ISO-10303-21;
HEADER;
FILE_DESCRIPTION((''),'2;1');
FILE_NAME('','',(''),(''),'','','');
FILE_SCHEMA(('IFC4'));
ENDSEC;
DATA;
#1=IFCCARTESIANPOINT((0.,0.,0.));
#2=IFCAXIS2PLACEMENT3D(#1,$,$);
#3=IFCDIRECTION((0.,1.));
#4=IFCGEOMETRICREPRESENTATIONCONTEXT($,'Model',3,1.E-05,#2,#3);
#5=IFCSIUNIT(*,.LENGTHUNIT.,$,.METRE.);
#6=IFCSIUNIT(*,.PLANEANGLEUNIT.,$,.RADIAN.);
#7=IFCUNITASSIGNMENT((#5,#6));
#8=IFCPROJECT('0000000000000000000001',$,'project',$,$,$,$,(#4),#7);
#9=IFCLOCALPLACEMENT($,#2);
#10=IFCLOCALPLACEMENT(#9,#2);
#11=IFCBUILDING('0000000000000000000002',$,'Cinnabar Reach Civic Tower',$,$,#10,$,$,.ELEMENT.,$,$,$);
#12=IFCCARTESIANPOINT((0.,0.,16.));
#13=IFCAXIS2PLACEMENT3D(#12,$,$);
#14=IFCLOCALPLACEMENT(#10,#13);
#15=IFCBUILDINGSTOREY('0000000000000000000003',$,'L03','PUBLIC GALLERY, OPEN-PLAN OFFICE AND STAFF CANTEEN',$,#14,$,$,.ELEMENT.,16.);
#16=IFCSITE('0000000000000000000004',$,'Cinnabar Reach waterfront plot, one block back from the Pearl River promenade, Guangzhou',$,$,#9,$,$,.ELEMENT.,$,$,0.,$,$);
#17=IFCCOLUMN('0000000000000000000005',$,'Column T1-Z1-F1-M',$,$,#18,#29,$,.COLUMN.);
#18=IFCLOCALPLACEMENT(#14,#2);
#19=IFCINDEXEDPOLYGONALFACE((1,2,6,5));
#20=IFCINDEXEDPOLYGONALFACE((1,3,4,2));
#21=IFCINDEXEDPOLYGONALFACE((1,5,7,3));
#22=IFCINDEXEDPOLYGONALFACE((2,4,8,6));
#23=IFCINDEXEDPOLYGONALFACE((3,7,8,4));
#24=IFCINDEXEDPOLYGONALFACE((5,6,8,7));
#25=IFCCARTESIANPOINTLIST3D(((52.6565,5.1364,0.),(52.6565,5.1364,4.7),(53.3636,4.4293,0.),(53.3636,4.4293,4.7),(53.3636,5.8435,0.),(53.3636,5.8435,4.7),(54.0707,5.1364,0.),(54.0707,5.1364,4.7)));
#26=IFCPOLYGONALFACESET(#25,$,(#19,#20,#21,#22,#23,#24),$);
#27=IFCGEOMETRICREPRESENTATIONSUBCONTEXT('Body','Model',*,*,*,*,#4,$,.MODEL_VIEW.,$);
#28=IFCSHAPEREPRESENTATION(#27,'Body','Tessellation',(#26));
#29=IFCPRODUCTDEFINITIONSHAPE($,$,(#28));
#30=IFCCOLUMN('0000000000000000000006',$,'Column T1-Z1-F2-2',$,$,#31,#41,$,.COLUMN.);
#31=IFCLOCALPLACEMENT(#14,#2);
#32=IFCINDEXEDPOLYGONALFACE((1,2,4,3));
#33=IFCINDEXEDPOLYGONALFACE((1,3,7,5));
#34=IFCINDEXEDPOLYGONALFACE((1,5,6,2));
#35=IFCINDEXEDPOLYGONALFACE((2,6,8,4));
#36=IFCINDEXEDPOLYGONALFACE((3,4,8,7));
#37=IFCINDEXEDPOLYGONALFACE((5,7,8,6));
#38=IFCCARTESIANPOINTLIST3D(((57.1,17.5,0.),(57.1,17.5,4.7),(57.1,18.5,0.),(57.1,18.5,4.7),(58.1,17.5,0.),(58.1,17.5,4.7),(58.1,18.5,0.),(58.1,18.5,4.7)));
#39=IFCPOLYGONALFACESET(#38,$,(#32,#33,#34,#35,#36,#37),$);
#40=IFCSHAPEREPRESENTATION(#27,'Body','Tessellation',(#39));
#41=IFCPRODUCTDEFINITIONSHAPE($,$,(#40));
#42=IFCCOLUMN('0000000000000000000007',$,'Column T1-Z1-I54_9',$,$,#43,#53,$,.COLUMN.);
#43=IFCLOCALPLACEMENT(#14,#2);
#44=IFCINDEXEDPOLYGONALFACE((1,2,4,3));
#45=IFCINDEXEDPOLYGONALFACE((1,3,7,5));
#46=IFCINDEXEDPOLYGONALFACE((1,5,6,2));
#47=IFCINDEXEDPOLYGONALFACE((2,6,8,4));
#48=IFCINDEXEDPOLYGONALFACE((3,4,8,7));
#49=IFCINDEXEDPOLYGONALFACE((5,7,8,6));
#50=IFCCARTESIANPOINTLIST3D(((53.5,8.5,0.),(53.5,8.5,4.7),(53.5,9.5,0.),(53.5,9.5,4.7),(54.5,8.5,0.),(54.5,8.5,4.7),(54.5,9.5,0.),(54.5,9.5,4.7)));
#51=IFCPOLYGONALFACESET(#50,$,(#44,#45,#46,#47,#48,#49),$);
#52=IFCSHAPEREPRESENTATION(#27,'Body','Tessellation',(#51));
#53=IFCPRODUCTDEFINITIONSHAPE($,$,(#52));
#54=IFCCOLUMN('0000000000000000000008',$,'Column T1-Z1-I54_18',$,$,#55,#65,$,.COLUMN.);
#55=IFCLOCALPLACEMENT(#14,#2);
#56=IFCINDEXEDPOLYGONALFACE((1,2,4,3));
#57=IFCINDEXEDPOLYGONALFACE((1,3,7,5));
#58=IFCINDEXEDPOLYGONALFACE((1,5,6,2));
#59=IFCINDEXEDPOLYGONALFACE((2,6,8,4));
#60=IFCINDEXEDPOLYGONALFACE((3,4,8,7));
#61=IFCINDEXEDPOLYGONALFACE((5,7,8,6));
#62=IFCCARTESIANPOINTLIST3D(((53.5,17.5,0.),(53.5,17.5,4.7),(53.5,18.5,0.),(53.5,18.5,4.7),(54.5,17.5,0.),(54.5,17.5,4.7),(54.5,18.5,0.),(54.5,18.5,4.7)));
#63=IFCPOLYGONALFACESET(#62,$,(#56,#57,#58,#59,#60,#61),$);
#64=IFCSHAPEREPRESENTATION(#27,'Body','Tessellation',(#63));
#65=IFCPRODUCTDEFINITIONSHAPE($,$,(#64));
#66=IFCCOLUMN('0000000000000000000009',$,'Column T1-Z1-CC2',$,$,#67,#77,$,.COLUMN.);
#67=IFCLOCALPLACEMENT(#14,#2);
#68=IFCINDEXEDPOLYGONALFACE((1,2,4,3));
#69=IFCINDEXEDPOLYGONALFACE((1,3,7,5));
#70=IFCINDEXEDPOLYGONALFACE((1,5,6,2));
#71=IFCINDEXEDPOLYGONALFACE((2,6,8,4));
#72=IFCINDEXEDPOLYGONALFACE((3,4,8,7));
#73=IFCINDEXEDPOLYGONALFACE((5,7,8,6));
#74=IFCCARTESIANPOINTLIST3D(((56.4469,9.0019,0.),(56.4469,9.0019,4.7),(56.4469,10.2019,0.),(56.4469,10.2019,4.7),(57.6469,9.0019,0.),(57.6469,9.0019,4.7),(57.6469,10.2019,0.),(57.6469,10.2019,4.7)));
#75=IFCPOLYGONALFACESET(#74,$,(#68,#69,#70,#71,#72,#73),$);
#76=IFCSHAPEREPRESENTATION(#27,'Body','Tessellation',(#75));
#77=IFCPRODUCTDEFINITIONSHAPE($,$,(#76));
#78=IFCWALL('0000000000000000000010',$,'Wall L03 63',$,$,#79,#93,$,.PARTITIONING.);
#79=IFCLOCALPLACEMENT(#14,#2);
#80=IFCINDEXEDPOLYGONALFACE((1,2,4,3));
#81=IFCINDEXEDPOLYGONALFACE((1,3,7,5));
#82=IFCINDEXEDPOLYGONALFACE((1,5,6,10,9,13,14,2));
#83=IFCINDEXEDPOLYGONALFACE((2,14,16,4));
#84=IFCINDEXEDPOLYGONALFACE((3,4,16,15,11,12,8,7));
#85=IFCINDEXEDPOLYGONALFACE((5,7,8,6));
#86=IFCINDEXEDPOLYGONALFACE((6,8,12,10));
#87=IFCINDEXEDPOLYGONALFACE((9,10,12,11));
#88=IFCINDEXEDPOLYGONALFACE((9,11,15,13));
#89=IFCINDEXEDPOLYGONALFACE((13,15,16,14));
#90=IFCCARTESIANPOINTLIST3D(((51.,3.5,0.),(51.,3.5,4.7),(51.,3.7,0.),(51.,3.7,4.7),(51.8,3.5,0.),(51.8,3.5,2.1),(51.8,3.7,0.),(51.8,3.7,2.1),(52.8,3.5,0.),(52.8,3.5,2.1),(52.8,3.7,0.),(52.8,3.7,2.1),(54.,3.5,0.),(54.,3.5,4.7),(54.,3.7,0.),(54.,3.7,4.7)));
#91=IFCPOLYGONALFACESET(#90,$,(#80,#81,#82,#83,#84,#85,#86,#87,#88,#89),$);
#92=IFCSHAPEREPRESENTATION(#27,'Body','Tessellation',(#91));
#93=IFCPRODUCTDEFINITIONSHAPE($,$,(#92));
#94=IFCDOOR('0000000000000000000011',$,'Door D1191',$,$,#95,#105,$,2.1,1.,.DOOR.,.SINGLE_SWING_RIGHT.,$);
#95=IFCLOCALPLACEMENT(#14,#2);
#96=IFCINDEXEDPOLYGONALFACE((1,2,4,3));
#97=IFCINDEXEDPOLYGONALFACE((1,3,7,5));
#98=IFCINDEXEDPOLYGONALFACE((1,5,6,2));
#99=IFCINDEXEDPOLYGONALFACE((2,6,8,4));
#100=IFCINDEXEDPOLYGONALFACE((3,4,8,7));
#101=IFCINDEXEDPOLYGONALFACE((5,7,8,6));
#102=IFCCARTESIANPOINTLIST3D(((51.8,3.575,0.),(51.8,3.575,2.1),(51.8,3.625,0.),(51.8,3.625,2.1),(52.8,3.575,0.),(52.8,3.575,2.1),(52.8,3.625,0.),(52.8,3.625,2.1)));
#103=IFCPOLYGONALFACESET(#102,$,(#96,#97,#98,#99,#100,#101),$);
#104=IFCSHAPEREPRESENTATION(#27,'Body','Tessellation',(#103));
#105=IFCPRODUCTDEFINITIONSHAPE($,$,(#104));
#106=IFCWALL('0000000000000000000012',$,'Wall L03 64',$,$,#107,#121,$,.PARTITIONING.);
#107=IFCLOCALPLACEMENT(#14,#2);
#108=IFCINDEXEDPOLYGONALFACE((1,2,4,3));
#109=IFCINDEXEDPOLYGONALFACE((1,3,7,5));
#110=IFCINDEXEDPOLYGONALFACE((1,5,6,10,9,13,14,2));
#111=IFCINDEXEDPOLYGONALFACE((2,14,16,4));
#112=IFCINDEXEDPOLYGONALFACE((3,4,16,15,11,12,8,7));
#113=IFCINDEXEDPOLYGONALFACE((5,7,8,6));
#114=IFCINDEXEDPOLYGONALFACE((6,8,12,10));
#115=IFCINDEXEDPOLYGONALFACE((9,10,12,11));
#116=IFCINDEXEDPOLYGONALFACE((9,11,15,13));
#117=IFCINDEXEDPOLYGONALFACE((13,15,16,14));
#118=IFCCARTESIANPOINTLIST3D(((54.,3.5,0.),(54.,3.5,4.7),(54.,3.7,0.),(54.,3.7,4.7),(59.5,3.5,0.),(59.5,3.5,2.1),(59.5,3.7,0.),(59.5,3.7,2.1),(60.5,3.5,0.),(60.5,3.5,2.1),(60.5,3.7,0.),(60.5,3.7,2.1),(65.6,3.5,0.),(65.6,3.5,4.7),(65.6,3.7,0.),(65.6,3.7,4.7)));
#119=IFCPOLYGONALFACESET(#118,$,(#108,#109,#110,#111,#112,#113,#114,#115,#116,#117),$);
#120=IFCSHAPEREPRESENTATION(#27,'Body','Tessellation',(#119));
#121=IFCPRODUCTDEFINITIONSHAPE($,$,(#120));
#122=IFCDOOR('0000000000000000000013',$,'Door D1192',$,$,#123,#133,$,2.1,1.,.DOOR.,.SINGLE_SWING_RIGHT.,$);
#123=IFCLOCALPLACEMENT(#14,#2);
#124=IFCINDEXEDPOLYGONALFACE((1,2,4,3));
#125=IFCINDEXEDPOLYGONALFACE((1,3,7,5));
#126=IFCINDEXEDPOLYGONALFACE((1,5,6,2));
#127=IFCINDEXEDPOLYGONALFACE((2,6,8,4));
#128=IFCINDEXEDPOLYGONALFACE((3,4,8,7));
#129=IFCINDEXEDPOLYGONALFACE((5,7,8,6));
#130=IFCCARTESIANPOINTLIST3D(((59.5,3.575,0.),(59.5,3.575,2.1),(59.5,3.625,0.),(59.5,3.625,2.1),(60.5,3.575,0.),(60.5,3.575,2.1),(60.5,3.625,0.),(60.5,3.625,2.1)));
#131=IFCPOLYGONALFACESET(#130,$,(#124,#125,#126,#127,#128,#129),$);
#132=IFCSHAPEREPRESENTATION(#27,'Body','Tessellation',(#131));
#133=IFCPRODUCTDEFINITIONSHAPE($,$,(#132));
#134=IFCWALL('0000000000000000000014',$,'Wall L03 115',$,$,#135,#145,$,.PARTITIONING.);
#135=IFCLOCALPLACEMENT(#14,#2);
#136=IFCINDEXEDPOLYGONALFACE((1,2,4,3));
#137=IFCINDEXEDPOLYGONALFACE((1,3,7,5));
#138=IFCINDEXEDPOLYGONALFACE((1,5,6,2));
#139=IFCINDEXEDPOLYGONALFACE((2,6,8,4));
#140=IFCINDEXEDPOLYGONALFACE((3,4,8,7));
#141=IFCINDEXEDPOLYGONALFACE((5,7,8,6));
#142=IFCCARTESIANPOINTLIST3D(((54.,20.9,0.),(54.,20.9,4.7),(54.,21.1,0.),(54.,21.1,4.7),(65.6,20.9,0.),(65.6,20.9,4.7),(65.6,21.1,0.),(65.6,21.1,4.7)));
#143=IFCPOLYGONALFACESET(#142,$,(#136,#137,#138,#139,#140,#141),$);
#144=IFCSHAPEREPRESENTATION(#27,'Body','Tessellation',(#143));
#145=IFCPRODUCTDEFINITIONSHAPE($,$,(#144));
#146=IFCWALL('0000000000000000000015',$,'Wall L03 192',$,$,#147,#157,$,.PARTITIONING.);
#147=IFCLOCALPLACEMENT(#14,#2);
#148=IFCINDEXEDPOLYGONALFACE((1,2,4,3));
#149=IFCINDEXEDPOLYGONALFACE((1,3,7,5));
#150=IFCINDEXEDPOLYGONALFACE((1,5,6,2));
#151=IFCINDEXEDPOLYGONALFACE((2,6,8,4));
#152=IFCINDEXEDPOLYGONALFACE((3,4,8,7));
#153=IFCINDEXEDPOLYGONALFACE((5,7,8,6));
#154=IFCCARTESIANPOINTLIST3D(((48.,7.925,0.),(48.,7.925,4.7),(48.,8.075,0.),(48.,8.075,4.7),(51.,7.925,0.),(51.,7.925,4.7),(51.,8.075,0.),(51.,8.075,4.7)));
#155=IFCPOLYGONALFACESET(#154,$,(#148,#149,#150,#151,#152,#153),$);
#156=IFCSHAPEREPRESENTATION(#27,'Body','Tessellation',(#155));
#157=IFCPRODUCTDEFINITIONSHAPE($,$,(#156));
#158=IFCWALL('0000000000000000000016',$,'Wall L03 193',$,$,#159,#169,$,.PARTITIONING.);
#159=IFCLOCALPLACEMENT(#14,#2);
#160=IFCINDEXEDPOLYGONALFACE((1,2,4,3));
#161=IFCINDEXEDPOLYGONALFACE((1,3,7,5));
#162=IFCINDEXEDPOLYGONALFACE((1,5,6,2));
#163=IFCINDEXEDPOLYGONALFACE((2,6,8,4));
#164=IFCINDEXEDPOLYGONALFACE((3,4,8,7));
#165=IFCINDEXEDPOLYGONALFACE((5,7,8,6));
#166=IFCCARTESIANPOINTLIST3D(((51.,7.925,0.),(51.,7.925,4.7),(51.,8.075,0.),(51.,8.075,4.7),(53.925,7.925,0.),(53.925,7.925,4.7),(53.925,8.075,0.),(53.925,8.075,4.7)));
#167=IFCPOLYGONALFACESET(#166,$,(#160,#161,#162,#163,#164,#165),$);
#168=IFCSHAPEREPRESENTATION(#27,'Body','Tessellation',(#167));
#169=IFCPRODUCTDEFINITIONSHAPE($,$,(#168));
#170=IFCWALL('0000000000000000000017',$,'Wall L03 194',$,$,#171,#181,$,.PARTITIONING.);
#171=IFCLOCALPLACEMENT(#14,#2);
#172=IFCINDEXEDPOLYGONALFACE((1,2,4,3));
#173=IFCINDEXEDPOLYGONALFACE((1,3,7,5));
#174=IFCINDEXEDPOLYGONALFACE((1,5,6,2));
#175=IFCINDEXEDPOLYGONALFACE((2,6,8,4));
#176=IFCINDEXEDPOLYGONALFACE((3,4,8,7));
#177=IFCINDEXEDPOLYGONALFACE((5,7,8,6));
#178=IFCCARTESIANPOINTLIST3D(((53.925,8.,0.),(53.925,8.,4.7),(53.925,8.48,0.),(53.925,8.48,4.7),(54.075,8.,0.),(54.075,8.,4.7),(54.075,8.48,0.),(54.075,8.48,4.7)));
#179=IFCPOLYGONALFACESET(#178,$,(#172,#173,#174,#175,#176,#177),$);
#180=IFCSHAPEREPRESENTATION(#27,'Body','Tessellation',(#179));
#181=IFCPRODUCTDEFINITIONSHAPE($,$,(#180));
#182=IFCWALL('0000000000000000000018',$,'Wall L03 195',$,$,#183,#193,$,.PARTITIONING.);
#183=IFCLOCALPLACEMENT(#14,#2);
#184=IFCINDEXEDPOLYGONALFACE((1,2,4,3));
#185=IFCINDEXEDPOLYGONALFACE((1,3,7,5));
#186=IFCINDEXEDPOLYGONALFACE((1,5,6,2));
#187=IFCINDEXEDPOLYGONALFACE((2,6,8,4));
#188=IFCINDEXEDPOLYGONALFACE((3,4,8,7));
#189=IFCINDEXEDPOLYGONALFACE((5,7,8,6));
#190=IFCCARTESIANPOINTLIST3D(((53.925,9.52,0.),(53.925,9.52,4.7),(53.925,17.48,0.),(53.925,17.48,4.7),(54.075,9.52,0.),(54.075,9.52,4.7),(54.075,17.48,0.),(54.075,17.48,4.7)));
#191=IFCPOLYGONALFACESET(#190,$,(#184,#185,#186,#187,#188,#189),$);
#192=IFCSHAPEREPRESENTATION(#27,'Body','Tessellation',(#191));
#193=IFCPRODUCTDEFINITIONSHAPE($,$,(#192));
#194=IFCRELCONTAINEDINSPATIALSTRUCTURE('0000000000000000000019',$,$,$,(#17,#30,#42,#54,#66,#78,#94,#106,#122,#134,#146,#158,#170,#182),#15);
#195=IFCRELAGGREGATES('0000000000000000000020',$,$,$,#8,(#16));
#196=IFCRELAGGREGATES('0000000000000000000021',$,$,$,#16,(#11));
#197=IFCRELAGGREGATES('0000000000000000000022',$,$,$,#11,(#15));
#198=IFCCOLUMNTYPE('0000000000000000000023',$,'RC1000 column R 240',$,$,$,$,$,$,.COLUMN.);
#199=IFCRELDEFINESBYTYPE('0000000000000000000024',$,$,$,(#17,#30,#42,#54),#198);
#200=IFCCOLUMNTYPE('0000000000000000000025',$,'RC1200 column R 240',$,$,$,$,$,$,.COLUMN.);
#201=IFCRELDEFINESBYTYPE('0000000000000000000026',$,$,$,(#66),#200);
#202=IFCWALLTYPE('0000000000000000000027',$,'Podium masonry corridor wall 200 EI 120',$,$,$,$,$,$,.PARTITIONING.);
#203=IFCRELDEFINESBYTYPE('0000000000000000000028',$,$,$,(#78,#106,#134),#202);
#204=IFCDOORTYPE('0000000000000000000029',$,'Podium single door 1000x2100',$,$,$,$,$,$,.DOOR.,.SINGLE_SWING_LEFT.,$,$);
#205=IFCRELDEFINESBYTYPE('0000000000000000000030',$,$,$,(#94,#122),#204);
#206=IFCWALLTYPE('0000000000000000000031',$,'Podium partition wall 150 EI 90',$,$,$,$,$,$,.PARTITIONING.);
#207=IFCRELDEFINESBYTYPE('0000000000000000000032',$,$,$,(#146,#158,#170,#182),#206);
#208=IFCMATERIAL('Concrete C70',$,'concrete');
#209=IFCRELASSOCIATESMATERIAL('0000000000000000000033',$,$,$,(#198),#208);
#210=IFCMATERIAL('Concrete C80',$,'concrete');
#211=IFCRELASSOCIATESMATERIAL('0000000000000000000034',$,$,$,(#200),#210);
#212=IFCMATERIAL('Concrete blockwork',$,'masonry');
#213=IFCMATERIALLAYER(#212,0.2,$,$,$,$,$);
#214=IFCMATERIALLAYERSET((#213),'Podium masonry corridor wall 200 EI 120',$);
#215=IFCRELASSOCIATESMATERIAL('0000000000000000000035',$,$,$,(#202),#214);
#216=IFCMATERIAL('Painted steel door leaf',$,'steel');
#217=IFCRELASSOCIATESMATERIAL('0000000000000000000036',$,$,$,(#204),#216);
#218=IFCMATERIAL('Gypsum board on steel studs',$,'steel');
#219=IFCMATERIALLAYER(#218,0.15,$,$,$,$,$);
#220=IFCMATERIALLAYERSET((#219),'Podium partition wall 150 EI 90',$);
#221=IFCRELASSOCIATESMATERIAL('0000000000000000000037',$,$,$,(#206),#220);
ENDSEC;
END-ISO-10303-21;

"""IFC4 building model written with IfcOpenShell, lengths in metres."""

from ifc_helpers import new_model, si_unit, direction, frame, frame_2d, origin, origin_2d, place, context, subcontext, project, spatial, rectangle, extrude, material, layer, layer_set, material_profile, profile_set, type_object, element, fill, save


model = new_model("IFC4")

# Units and contexts
model_context = context("Model", 3, precision=1e-05, world=origin(), true_north=direction((0.0, 1.0)))
body_context = subcontext(model_context, "Body", "Model", "MODEL_VIEW")
ifc_project = project(units=[si_unit("LENGTHUNIT", "METRE"), si_unit("PLANEANGLEUNIT", "RADIAN")], contexts=[model_context])

# Site, building, storey
site_placement = place(None, origin())
site = spatial("IfcSite", under=ifc_project, at=site_placement, Name="Cinnabar Reach waterfront plot, one block back from the Pearl River promenade, Guangzhou", CompositionType="ELEMENT", RefElevation=0.0)
building_placement = place(site_placement, origin())
building = spatial("IfcBuilding", under=site, at=building_placement, Name="Cinnabar Reach Civic Tower", CompositionType="ELEMENT")
storey_placement = place(building_placement, frame((0.0, 0.0, 16.0)))
storey = spatial("IfcBuildingStorey", under=building, at=storey_placement, Name="L03", Description="PUBLIC GALLERY, OPEN-PLAN OFFICE AND STAFF CANTEEN", CompositionType="ELEMENT", Elevation=16.0)

# Columns
ifc_material_1 = material(Name="Concrete C70", Category="concrete")
ifc_material_profile_1 = material_profile(ifc_material_1, rectangle(XDim=1.0, YDim=1.0, at=origin_2d()), Name="RC1000")
ifc_profile_set_1 = profile_set([ifc_material_profile_1], Name="Concrete C70")
column_type_1 = type_object("IfcColumnType", Name="RC1000 column R 240", PredefinedType="COLUMN", material=ifc_profile_set_1)
for number, where, z_axis, x_axis, name in (
    (1, (53.3636, 5.1364, 0.0), (0.0, 0.0, 1.0), (0.707107, 0.707107, 0.0), "Column T1-Z1-F1-M"),
    (2, (57.6, 18.0, 0.0), (0.0, 0.0, 1.0), (1.0, 0.0, 0.0), "Column T1-Z1-F2-2"),
    (3, (54.0, 9.0, 0.0), (0.0, 0.0, 1.0), (1.0, 0.0, 0.0), "Column T1-Z1-I54_9"),
    (4, (54.0, 18.0, 0.0), (0.0, 0.0, 1.0), (1.0, 0.0, 0.0), "Column T1-Z1-I54_18"),
):
    element("IfcColumn", number, at=place(storey_placement, frame(where, z_axis=z_axis, x_axis=x_axis)), inside=storey, type_object=column_type_1, Name=name, PredefinedType="COLUMN", context=body_context, shape_type="SweptSolid", body=[
        extrude(rectangle(XDim=1.0, YDim=1.0, at=origin_2d()), origin(), (0.0, 0.0, 1.0), 4.7),
    ])
ifc_material_2 = material(Name="Concrete C80", Category="concrete")
ifc_material_profile_2 = material_profile(ifc_material_2, rectangle(XDim=1.2, YDim=1.2, at=origin_2d()), Name="RC1200")
ifc_profile_set_2 = profile_set([ifc_material_profile_2], Name="Concrete C80")
column_type_2 = type_object("IfcColumnType", Name="RC1200 column R 240", PredefinedType="COLUMN", material=ifc_profile_set_2)
column_placement = place(storey_placement, frame((57.0469, 9.6019, 0.0), z_axis=(0.0, 0.0, 1.0), x_axis=(1.0, 0.0, 0.0)))
element("IfcColumn", 5, at=column_placement, inside=storey, type_object=column_type_2, Name="Column T1-Z1-CC2", PredefinedType="COLUMN", context=body_context, shape_type="SweptSolid", body=[
    extrude(rectangle(XDim=1.2, YDim=1.2, at=origin_2d()), origin(), (0.0, 0.0, 1.0), 4.7),
])

# Walls, openings, doors
ifc_material_3 = material(Name="Concrete blockwork", Category="masonry")
ifc_layer_1 = layer(ifc_material_3, 0.2)
ifc_layer_set_1 = layer_set([ifc_layer_1], Name="Podium masonry corridor wall 200 EI 120")
wall_type_1 = type_object("IfcWallType", Name="Podium masonry corridor wall 200 EI 120", PredefinedType="PARTITIONING", material=ifc_layer_set_1)
wall_1_placement = place(storey_placement, frame((51.0, 3.6, 0.0), z_axis=(0.0, 0.0, 1.0), x_axis=(1.0, 0.0, 0.0)))
wall_1 = element("IfcWall", 6, at=wall_1_placement, inside=storey, type_object=wall_type_1, Name="Wall L03 63", PredefinedType="PARTITIONING", context=body_context, shape_type="SweptSolid", body=[
    extrude(rectangle(XDim=3.0, YDim=0.2, at=frame_2d((1.5, 0.0))), origin(), (0.0, 0.0, 1.0), 4.7),
])
opening_1_placement = place(wall_1_placement, frame((0.8, 0.0, 0.0)))
opening_1 = element("IfcOpeningElement", 7, at=opening_1_placement, cuts=wall_1, PredefinedType="OPENING", context=body_context, shape_type="SweptSolid", body=[
    extrude(rectangle(XDim=1.0, YDim=2.1, at=frame_2d((0.5, 1.05))), frame((0.0, 0.11, 0.0), z_axis=(0.0, -1.0, 0.0), x_axis=(1.0, 0.0, 0.0)), (0.0, 0.0, 1.0), 0.22),
])
ifc_material_4 = material(Name="Painted steel door leaf", Category="steel")
door_type = type_object("IfcDoorType", Name="Podium single door 1000x2100", OperationType="SINGLE_SWING_LEFT", PredefinedType="DOOR", material=ifc_material_4)
door_1_placement = place(opening_1_placement, origin())
door_1 = element("IfcDoor", 8, at=door_1_placement, inside=storey, type_object=door_type, Name="Door D1191", OperationType="SINGLE_SWING_RIGHT", OverallHeight=2.1, OverallWidth=1.0, PredefinedType="DOOR", context=body_context, shape_type="SweptSolid", body=[
    extrude(rectangle(XDim=1.0, YDim=2.1, at=frame_2d((0.5, 1.05))), frame((0.0, 0.025, 0.0), z_axis=(0.0, -1.0, 0.0), x_axis=(1.0, 0.0, 0.0)), (0.0, 0.0, 1.0), 0.05),
])
fill(opening_1, door_1)
wall_2_placement = place(storey_placement, frame((54.0, 3.6, 0.0), z_axis=(0.0, 0.0, 1.0), x_axis=(1.0, 0.0, 0.0)))
wall_2 = element("IfcWall", 9, at=wall_2_placement, inside=storey, type_object=wall_type_1, Name="Wall L03 64", PredefinedType="PARTITIONING", context=body_context, shape_type="SweptSolid", body=[
    extrude(rectangle(XDim=11.6, YDim=0.2, at=frame_2d((5.8, 0.0))), origin(), (0.0, 0.0, 1.0), 4.7),
])
opening_2_placement = place(wall_2_placement, frame((5.5, 0.0, 0.0)))
opening_2 = element("IfcOpeningElement", 10, at=opening_2_placement, cuts=wall_2, PredefinedType="OPENING", context=body_context, shape_type="SweptSolid", body=[
    extrude(rectangle(XDim=1.0, YDim=2.1, at=frame_2d((0.5, 1.05))), frame((0.0, 0.11, 0.0), z_axis=(0.0, -1.0, 0.0), x_axis=(1.0, 0.0, 0.0)), (0.0, 0.0, 1.0), 0.22),
])
door_2_placement = place(opening_2_placement, origin())
door_2 = element("IfcDoor", 11, at=door_2_placement, inside=storey, type_object=door_type, Name="Door D1192", OperationType="SINGLE_SWING_RIGHT", OverallHeight=2.1, OverallWidth=1.0, PredefinedType="DOOR", context=body_context, shape_type="SweptSolid", body=[
    extrude(rectangle(XDim=1.0, YDim=2.1, at=frame_2d((0.5, 1.05))), frame((0.0, 0.025, 0.0), z_axis=(0.0, -1.0, 0.0), x_axis=(1.0, 0.0, 0.0)), (0.0, 0.0, 1.0), 0.05),
])
fill(opening_2, door_2)

# Walls
wall_3_placement = place(storey_placement, frame((54.0, 21.0, 0.0), z_axis=(0.0, 0.0, 1.0), x_axis=(1.0, 0.0, 0.0)))
element("IfcWall", 12, at=wall_3_placement, inside=storey, type_object=wall_type_1, Name="Wall L03 115", PredefinedType="PARTITIONING", context=body_context, shape_type="SweptSolid", body=[
    extrude(rectangle(XDim=11.6, YDim=0.2, at=frame_2d((5.8, 0.0))), origin(), (0.0, 0.0, 1.0), 4.7),
])
ifc_material_5 = material(Name="Gypsum board on steel studs", Category="steel")
ifc_layer_2 = layer(ifc_material_5, 0.15)
ifc_layer_set_2 = layer_set([ifc_layer_2], Name="Podium partition wall 150 EI 90")
wall_type_2 = type_object("IfcWallType", Name="Podium partition wall 150 EI 90", PredefinedType="PARTITIONING", material=ifc_layer_set_2)
wall_4_placement = place(storey_placement, frame((48.0, 8.0, 0.0), z_axis=(0.0, 0.0, 1.0), x_axis=(1.0, 0.0, 0.0)))
element("IfcWall", 13, at=wall_4_placement, inside=storey, type_object=wall_type_2, Name="Wall L03 192", PredefinedType="PARTITIONING", context=body_context, shape_type="SweptSolid", body=[
    extrude(rectangle(XDim=3.0, YDim=0.15, at=frame_2d((1.5, 0.0))), origin(), (0.0, 0.0, 1.0), 4.7),
])
wall_5_placement = place(storey_placement, frame((51.0, 8.0, 0.0), z_axis=(0.0, 0.0, 1.0), x_axis=(1.0, 0.0, 0.0)))
element("IfcWall", 14, at=wall_5_placement, inside=storey, type_object=wall_type_2, Name="Wall L03 193", PredefinedType="PARTITIONING", context=body_context, shape_type="SweptSolid", body=[
    extrude(rectangle(XDim=2.925, YDim=0.15, at=frame_2d((1.4625, 0.0))), origin(), (0.0, 0.0, 1.0), 4.7),
])
wall_6_placement = place(storey_placement, frame((54.0, 8.0, 0.0), z_axis=(0.0, 0.0, 1.0), x_axis=(0.0, 1.0, 0.0)))
element("IfcWall", 15, at=wall_6_placement, inside=storey, type_object=wall_type_2, Name="Wall L03 194", PredefinedType="PARTITIONING", context=body_context, shape_type="SweptSolid", body=[
    extrude(rectangle(XDim=0.48, YDim=0.15, at=frame_2d((0.24, 0.0))), origin(), (0.0, 0.0, 1.0), 4.7),
])
wall_7_placement = place(storey_placement, frame((54.0, 9.52, 0.0), z_axis=(0.0, 0.0, 1.0), x_axis=(0.0, 1.0, 0.0)))
element("IfcWall", 16, at=wall_7_placement, inside=storey, type_object=wall_type_2, Name="Wall L03 195", PredefinedType="PARTITIONING", context=body_context, shape_type="SweptSolid", body=[
    extrude(rectangle(XDim=7.96, YDim=0.15, at=frame_2d((3.98, 0.0))), origin(), (0.0, 0.0, 1.0), 4.7),
])

save(model, "model.ifc")
